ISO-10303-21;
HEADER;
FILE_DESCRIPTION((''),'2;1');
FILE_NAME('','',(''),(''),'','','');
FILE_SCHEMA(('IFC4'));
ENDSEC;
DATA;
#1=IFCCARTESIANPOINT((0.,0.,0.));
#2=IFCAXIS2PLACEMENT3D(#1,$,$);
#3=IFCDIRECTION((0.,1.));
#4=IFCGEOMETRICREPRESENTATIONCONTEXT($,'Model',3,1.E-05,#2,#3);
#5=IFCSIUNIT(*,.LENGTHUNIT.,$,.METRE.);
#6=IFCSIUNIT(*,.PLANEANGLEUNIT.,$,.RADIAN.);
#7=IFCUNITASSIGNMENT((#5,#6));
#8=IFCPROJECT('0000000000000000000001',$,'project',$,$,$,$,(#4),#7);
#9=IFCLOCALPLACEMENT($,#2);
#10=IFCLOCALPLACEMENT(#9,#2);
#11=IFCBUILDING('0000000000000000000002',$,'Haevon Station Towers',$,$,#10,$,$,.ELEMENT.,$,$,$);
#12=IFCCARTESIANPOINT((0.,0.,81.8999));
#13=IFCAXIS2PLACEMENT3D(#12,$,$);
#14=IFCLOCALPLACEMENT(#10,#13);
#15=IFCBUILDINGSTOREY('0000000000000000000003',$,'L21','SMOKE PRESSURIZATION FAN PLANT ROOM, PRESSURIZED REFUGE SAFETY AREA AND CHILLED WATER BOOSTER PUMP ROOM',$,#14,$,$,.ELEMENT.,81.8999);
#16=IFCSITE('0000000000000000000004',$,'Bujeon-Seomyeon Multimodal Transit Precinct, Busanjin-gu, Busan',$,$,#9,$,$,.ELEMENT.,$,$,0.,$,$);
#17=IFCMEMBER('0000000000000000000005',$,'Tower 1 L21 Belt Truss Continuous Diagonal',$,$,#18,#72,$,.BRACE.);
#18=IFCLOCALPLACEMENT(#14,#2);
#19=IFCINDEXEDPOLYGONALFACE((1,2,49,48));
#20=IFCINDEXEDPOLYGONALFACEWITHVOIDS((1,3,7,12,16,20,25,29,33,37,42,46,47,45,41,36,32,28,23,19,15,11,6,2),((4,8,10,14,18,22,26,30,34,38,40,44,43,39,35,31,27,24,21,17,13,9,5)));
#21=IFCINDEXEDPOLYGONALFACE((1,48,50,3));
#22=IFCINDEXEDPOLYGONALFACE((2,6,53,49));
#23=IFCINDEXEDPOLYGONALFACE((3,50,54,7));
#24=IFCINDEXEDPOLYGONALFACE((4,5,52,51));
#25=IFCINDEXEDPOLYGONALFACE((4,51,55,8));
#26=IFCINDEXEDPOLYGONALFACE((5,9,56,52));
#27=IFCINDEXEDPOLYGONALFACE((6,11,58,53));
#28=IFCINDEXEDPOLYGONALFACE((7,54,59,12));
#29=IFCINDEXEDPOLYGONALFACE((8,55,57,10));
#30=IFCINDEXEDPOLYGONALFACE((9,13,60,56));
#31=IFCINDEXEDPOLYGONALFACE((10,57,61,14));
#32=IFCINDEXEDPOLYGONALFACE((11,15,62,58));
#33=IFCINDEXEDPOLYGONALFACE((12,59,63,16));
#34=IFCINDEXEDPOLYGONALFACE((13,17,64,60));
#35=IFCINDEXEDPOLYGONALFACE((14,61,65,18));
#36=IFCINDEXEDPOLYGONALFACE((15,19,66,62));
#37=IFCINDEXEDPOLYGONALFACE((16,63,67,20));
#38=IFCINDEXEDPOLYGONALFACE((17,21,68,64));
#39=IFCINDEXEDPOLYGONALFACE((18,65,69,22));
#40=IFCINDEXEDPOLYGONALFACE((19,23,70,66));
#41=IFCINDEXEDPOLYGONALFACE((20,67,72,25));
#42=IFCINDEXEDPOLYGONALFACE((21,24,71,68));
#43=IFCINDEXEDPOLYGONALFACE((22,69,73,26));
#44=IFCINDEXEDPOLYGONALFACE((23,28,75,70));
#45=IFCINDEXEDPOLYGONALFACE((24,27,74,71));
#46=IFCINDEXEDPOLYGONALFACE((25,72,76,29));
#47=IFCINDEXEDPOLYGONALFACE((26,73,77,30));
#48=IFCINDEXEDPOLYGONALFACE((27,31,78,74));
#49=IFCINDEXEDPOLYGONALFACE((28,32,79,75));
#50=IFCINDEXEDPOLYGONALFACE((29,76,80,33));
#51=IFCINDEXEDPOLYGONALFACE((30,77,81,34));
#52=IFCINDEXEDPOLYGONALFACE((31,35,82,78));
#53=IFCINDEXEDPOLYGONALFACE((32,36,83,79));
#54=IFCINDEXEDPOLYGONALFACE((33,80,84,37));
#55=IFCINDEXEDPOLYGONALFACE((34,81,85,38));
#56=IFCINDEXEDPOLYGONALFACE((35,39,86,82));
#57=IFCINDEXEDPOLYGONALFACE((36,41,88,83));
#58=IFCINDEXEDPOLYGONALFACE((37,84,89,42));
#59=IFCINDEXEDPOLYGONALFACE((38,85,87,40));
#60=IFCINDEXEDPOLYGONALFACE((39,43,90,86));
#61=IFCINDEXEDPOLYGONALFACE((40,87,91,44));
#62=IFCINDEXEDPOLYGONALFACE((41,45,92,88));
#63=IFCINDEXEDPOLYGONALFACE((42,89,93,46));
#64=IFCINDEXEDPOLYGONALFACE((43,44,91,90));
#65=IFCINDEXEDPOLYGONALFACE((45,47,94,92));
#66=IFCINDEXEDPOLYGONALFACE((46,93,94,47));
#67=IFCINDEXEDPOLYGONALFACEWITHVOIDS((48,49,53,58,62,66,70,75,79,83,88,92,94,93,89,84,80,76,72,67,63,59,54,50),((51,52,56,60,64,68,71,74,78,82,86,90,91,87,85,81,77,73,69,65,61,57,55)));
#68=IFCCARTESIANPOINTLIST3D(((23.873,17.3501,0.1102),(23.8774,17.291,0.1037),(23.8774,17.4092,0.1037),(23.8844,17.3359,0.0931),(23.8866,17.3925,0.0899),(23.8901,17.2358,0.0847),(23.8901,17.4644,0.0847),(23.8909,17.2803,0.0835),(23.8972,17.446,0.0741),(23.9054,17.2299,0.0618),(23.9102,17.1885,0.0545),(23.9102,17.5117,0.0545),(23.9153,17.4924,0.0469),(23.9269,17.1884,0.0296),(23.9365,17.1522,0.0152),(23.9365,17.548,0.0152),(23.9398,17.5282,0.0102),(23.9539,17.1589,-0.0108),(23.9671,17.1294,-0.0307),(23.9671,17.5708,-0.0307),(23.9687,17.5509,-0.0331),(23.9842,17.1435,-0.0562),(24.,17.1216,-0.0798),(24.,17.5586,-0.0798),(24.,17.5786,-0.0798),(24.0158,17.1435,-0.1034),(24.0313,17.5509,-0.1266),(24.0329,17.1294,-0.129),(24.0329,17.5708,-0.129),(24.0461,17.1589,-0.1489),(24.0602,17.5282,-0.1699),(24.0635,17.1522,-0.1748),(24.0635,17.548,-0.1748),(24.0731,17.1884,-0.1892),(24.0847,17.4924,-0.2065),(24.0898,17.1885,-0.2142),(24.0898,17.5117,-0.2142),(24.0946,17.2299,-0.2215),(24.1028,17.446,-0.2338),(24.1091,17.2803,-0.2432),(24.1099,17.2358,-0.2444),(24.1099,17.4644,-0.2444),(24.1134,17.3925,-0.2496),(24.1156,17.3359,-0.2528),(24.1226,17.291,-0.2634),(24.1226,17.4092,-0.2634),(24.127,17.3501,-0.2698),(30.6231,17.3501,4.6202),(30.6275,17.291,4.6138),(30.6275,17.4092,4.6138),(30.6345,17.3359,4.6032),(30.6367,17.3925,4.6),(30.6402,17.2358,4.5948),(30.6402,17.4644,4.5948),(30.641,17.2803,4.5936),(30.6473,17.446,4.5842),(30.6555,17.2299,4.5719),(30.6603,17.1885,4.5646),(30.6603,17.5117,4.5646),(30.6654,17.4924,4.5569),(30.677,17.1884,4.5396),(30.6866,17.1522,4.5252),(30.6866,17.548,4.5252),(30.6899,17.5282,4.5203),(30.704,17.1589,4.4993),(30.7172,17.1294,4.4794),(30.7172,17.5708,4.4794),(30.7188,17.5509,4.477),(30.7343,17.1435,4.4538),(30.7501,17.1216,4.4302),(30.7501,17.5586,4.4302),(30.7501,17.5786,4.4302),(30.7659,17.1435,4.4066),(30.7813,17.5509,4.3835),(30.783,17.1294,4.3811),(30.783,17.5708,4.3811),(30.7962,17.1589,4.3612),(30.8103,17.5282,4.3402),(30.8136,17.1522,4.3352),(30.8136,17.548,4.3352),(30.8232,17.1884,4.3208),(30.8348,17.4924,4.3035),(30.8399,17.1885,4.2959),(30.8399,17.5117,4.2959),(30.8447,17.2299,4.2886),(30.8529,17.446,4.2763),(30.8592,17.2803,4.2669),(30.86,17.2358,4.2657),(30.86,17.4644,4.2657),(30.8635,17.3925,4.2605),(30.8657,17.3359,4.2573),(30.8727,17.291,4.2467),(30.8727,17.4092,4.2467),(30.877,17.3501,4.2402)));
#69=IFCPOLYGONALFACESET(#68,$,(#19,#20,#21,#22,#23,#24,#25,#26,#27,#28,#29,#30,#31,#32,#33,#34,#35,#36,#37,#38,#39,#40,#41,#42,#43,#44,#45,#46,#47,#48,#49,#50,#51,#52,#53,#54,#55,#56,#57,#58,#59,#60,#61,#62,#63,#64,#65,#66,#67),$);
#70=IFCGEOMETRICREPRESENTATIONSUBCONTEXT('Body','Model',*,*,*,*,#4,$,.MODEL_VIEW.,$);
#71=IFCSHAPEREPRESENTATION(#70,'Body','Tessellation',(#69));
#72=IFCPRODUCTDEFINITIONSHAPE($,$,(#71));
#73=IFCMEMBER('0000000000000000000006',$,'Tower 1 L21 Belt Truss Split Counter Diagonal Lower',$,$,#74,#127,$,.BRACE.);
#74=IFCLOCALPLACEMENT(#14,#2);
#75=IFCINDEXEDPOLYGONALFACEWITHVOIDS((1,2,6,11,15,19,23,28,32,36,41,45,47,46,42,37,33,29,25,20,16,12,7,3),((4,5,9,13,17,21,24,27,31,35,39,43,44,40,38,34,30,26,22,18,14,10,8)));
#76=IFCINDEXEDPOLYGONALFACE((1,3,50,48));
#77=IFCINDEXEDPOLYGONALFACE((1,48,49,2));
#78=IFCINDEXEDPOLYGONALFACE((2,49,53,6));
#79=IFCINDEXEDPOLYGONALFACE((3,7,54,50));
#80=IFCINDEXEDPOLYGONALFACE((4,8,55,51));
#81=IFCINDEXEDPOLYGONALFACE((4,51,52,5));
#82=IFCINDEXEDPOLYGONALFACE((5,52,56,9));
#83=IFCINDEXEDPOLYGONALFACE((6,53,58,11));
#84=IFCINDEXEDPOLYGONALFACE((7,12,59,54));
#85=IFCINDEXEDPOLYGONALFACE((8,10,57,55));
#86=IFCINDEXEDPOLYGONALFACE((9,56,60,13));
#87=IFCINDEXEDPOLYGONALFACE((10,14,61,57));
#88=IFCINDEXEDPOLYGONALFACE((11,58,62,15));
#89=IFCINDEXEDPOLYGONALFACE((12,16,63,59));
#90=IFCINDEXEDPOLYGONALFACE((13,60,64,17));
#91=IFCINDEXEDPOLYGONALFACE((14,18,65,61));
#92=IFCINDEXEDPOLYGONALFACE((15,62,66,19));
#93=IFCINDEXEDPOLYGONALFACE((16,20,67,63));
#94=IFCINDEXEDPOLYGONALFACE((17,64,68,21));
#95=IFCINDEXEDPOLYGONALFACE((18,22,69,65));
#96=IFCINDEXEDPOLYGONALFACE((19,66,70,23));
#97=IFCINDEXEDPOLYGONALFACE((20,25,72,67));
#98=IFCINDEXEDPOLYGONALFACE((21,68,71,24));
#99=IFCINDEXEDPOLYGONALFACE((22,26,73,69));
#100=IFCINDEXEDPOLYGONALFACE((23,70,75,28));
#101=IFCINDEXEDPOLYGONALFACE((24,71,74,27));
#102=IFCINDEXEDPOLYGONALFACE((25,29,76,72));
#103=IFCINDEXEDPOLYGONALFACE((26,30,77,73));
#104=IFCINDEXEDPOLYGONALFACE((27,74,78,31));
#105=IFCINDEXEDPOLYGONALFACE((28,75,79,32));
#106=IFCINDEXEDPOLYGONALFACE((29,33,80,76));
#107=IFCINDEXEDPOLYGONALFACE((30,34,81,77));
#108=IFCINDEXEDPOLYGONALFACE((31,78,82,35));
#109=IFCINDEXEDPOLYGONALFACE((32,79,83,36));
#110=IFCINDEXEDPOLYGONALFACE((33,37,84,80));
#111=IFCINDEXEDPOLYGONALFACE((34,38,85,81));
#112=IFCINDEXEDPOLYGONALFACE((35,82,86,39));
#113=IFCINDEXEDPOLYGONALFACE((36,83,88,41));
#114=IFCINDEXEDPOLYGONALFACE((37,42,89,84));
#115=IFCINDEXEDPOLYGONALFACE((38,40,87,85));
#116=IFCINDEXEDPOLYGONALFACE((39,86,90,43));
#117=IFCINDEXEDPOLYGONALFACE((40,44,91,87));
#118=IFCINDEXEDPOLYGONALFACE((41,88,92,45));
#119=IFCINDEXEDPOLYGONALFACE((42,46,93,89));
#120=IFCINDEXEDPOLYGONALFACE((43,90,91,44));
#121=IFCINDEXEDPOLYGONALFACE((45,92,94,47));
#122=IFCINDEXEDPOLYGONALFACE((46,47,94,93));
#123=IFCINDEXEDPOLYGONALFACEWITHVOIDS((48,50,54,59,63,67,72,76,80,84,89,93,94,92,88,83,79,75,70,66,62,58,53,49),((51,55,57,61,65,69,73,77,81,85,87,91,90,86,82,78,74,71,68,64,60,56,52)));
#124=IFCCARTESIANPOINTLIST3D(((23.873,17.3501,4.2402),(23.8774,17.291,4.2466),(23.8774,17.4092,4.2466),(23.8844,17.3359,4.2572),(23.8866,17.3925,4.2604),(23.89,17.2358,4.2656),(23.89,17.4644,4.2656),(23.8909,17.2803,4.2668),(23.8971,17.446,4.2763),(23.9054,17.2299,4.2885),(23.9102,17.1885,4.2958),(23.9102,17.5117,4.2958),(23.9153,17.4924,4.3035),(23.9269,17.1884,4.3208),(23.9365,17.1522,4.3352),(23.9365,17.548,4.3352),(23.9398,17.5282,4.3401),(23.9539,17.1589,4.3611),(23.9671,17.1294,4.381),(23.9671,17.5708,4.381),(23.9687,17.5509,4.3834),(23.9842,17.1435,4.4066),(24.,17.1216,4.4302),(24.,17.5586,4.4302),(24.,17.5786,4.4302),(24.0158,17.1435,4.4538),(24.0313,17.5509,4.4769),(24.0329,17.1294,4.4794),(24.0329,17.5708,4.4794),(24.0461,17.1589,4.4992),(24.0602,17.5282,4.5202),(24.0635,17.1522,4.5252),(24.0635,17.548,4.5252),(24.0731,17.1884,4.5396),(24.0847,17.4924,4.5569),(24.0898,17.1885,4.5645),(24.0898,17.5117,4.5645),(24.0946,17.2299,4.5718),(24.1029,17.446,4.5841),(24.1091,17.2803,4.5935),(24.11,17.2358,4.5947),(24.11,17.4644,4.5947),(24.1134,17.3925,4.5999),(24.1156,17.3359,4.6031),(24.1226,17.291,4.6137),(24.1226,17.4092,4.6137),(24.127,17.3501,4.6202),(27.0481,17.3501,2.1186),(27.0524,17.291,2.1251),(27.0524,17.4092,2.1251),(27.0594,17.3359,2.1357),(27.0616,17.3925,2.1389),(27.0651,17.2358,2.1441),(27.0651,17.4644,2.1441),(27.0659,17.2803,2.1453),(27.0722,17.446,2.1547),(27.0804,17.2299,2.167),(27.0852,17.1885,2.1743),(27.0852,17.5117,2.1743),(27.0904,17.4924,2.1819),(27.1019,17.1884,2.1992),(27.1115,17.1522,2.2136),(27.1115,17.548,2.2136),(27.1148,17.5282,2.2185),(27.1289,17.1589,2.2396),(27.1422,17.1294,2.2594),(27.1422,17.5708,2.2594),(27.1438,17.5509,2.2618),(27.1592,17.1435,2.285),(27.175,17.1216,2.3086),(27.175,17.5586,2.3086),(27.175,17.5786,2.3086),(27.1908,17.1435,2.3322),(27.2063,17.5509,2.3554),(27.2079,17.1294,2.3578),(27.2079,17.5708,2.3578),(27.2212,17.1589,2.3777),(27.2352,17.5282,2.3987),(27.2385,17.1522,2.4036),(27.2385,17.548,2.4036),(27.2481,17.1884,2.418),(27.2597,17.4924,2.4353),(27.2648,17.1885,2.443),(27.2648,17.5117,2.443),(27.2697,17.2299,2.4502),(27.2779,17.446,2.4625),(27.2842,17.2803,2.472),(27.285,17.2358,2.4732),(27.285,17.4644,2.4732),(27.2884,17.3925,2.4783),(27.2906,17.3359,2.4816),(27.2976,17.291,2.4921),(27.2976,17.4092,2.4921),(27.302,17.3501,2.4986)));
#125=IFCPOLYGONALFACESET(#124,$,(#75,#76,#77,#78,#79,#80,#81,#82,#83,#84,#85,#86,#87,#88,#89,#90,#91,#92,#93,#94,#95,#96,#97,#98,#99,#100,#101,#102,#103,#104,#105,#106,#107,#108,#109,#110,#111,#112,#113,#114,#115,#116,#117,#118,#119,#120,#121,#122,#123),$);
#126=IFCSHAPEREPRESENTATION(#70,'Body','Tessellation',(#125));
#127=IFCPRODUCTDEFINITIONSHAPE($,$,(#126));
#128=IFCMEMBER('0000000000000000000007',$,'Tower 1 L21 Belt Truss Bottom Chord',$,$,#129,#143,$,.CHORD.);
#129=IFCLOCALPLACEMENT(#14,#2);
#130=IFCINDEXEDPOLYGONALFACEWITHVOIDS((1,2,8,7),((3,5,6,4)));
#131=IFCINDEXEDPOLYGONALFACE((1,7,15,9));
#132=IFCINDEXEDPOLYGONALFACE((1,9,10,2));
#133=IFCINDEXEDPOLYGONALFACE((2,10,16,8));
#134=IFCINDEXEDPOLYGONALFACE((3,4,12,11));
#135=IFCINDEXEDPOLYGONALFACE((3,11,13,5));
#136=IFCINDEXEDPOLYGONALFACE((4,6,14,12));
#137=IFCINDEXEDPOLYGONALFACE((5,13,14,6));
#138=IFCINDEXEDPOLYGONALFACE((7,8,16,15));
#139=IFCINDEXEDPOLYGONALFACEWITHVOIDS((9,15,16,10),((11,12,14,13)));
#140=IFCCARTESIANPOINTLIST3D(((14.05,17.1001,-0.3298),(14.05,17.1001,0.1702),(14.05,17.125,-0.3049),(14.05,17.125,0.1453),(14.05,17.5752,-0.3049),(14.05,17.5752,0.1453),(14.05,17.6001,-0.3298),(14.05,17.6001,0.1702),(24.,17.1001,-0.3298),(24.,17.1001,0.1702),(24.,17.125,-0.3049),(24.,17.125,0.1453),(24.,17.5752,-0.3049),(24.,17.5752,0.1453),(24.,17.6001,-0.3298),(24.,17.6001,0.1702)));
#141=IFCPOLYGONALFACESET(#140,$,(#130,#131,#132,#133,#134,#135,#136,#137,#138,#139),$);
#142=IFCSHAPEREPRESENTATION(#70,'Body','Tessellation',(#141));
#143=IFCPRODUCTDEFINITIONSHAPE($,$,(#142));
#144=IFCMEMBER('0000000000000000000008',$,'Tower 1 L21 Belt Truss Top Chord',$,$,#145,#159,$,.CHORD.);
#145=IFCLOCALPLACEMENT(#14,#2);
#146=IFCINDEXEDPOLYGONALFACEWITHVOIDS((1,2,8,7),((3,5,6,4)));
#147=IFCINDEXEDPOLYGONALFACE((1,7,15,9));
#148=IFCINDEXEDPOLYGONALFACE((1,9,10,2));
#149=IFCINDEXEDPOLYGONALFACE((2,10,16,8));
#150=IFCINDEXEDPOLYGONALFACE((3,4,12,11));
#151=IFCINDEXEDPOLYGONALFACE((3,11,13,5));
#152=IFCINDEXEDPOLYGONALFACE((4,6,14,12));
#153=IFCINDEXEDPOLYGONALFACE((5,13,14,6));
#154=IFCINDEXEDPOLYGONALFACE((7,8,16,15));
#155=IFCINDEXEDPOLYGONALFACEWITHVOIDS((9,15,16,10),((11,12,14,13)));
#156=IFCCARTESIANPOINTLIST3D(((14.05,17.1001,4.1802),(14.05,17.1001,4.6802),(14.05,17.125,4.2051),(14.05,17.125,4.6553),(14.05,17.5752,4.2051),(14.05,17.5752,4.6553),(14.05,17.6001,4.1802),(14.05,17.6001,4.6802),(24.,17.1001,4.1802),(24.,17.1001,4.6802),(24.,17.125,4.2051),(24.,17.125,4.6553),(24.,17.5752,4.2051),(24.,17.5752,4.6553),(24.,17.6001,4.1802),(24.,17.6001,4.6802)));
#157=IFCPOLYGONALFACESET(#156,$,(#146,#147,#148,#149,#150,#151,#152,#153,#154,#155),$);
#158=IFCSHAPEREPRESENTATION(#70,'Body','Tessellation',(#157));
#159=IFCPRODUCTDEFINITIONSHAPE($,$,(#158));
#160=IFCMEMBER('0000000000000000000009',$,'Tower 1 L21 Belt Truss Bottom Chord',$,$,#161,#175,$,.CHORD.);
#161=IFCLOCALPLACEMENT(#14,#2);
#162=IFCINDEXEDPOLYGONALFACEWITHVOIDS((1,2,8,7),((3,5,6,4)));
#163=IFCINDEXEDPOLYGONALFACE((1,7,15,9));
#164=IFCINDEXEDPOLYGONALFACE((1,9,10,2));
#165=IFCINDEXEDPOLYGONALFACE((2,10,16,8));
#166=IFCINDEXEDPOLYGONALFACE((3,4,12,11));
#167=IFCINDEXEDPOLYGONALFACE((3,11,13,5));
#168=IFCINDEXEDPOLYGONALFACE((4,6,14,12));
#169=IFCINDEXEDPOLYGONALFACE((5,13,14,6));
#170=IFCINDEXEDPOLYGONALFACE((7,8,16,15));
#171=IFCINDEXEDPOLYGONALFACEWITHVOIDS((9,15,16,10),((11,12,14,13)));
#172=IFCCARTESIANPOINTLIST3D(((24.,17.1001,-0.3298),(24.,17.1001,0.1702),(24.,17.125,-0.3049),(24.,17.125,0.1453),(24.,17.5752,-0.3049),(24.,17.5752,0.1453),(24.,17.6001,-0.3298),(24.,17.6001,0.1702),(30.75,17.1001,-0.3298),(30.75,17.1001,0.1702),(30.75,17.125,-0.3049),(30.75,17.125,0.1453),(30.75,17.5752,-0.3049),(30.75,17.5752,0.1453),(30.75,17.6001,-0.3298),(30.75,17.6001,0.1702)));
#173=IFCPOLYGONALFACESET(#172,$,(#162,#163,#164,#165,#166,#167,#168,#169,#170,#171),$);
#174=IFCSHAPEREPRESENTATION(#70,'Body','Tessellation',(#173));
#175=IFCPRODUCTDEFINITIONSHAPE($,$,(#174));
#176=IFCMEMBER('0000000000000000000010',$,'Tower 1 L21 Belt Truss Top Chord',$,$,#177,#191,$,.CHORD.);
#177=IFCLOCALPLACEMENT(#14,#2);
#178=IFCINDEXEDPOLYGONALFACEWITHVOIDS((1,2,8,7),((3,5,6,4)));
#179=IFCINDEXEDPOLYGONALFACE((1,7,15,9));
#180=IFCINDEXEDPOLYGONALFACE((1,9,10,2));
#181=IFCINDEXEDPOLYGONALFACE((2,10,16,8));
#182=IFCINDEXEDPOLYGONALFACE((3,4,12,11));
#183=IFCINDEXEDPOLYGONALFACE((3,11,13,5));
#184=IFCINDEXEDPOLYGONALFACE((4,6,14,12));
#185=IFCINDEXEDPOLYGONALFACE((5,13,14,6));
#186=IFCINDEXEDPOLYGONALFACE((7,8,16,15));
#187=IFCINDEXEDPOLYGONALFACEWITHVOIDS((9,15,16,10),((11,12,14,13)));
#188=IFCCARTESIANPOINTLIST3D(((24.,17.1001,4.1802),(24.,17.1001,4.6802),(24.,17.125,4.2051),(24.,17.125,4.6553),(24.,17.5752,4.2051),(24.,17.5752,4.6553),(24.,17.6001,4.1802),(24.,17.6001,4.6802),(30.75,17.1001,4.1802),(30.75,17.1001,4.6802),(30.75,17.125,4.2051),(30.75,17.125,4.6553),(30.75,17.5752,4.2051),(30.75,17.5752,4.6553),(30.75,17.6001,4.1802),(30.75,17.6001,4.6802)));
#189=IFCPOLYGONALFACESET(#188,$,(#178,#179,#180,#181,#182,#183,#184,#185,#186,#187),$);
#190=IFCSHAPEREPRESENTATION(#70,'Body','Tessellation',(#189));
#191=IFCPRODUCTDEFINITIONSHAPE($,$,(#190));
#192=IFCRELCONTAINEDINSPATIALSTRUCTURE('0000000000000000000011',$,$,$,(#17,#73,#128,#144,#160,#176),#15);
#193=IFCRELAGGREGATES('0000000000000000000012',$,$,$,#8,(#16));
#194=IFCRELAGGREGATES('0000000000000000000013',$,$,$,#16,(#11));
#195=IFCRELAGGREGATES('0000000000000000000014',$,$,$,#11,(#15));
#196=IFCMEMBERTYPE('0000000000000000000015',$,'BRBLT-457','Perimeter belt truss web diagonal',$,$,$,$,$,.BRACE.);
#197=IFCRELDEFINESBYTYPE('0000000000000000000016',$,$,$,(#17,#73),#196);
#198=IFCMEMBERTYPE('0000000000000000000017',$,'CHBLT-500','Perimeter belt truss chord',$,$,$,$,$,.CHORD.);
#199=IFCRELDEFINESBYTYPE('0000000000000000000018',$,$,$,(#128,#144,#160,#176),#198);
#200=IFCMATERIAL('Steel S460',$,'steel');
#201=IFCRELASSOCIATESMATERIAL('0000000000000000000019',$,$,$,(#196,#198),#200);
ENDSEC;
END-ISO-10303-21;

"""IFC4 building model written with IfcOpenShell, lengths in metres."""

from ifc_helpers import new_model, si_unit, direction, frame, origin, origin_2d, place, context, subcontext, project, spatial, hollow_rectangle, hollow_circle, extrude, material, material_profile, profile_set, type_object, element, save


model = new_model("IFC4")

# Units and contexts
model_context = context("Model", 3, precision=1e-05, world=origin(), true_north=direction((0.0, 1.0)))
body_context = subcontext(model_context, "Body", "Model", "MODEL_VIEW")
ifc_project = project(units=[si_unit("LENGTHUNIT", "METRE"), si_unit("PLANEANGLEUNIT", "RADIAN")], contexts=[model_context])

# Site, building, storey
site_placement = place(None, origin())
site = spatial("IfcSite", under=ifc_project, at=site_placement, Name="Bujeon-Seomyeon Multimodal Transit Precinct, Busanjin-gu, Busan", CompositionType="ELEMENT", RefElevation=0.0)
building_placement = place(site_placement, origin())
building = spatial("IfcBuilding", under=site, at=building_placement, Name="Haevon Station Towers", CompositionType="ELEMENT")
storey_placement = place(building_placement, frame((0.0, 0.0, 81.8999)))
storey = spatial("IfcBuildingStorey", under=building, at=storey_placement, Name="L21", Description="SMOKE PRESSURIZATION FAN PLANT ROOM, PRESSURIZED REFUGE SAFETY AREA AND CHILLED WATER BOOSTER PUMP ROOM", CompositionType="ELEMENT", Elevation=81.8999)

# Shared definitions
ifc_material_1 = material(Name="Steel S460", Category="steel")

# Members
ifc_material_profile_1 = material_profile(ifc_material_1, hollow_circle(Radius=0.2285, WallThickness=0.02, at=origin_2d()), Name="CHS-457x20")
ifc_profile_set_1 = profile_set([ifc_material_profile_1], Name="Steel S460")
member_type_1 = type_object("IfcMemberType", Name="BRBLT-457", Description="Perimeter belt truss web diagonal", PredefinedType="BRACE", material=ifc_profile_set_1)
member_1_placement = place(storey_placement, frame((24.0, 17.3501, -0.0798), z_axis=(0.831481, 0.0, 0.555554), x_axis=(0.0, 1.0, 0.0)))
element("IfcMember", 1, at=member_1_placement, inside=storey, type_object=member_type_1, Name="Tower 1 L21 Belt Truss Continuous Diagonal", PredefinedType="BRACE", context=body_context, shape_type="SweptSolid", body=[
    extrude(hollow_circle(Radius=0.2285, WallThickness=0.02, at=origin_2d()), origin(), (0.0, 0.0, 1.0), 8.1182),
])
member_2_placement = place(storey_placement, frame((24.0, 17.3501, 4.4302), z_axis=(0.83146, 0.0, -0.555585), x_axis=(0.0, 1.0, 0.0)))
element("IfcMember", 2, at=member_2_placement, inside=storey, type_object=member_type_1, Name="Tower 1 L21 Belt Truss Split Counter Diagonal Lower", PredefinedType="BRACE", context=body_context, shape_type="SweptSolid", body=[
    extrude(hollow_circle(Radius=0.2285, WallThickness=0.02, at=origin_2d()), origin(), (0.0, 0.0, 1.0), 3.8186),
])
ifc_material_profile_2 = material_profile(ifc_material_1, hollow_rectangle(XDim=0.5, YDim=0.5, WallThickness=0.0249, at=origin_2d()), Name="RHS-500x500x25")
ifc_profile_set_2 = profile_set([ifc_material_profile_2], Name="Steel S460")
member_type_2 = type_object("IfcMemberType", Name="CHBLT-500", Description="Perimeter belt truss chord", PredefinedType="CHORD", material=ifc_profile_set_2)
for number, where, z_axis, x_axis, name in (
    (3, (14.05, 17.3501, -0.0798), (1.0, 0.0, 0.0), (0.0, 1.0, 0.0), "Tower 1 L21 Belt Truss Bottom Chord"),
    (4, (14.05, 17.3501, 4.4302), (1.0, 0.0, 0.0), (0.0, 1.0, 0.0), "Tower 1 L21 Belt Truss Top Chord"),
):
    element("IfcMember", number, at=place(storey_placement, frame(where, z_axis=z_axis, x_axis=x_axis)), inside=storey, type_object=member_type_2, Name=name, PredefinedType="CHORD", context=body_context, shape_type="SweptSolid", body=[
        extrude(hollow_rectangle(XDim=0.5, YDim=0.5, WallThickness=0.0249, at=origin_2d()), origin(), (0.0, 0.0, 1.0), 9.95),
    ])
for number, where, z_axis, x_axis, name in (
    (5, (24.0, 17.3501, -0.0798), (1.0, 0.0, 0.0), (0.0, 1.0, 0.0), "Tower 1 L21 Belt Truss Bottom Chord"),
    (6, (24.0, 17.3501, 4.4302), (1.0, 0.0, 0.0), (0.0, 1.0, 0.0), "Tower 1 L21 Belt Truss Top Chord"),
):
    element("IfcMember", number, at=place(storey_placement, frame(where, z_axis=z_axis, x_axis=x_axis)), inside=storey, type_object=member_type_2, Name=name, PredefinedType="CHORD", context=body_context, shape_type="SweptSolid", body=[
        extrude(hollow_rectangle(XDim=0.5, YDim=0.5, WallThickness=0.0249, at=origin_2d()), origin(), (0.0, 0.0, 1.0), 6.75),
    ])

save(model, "model.ifc")
